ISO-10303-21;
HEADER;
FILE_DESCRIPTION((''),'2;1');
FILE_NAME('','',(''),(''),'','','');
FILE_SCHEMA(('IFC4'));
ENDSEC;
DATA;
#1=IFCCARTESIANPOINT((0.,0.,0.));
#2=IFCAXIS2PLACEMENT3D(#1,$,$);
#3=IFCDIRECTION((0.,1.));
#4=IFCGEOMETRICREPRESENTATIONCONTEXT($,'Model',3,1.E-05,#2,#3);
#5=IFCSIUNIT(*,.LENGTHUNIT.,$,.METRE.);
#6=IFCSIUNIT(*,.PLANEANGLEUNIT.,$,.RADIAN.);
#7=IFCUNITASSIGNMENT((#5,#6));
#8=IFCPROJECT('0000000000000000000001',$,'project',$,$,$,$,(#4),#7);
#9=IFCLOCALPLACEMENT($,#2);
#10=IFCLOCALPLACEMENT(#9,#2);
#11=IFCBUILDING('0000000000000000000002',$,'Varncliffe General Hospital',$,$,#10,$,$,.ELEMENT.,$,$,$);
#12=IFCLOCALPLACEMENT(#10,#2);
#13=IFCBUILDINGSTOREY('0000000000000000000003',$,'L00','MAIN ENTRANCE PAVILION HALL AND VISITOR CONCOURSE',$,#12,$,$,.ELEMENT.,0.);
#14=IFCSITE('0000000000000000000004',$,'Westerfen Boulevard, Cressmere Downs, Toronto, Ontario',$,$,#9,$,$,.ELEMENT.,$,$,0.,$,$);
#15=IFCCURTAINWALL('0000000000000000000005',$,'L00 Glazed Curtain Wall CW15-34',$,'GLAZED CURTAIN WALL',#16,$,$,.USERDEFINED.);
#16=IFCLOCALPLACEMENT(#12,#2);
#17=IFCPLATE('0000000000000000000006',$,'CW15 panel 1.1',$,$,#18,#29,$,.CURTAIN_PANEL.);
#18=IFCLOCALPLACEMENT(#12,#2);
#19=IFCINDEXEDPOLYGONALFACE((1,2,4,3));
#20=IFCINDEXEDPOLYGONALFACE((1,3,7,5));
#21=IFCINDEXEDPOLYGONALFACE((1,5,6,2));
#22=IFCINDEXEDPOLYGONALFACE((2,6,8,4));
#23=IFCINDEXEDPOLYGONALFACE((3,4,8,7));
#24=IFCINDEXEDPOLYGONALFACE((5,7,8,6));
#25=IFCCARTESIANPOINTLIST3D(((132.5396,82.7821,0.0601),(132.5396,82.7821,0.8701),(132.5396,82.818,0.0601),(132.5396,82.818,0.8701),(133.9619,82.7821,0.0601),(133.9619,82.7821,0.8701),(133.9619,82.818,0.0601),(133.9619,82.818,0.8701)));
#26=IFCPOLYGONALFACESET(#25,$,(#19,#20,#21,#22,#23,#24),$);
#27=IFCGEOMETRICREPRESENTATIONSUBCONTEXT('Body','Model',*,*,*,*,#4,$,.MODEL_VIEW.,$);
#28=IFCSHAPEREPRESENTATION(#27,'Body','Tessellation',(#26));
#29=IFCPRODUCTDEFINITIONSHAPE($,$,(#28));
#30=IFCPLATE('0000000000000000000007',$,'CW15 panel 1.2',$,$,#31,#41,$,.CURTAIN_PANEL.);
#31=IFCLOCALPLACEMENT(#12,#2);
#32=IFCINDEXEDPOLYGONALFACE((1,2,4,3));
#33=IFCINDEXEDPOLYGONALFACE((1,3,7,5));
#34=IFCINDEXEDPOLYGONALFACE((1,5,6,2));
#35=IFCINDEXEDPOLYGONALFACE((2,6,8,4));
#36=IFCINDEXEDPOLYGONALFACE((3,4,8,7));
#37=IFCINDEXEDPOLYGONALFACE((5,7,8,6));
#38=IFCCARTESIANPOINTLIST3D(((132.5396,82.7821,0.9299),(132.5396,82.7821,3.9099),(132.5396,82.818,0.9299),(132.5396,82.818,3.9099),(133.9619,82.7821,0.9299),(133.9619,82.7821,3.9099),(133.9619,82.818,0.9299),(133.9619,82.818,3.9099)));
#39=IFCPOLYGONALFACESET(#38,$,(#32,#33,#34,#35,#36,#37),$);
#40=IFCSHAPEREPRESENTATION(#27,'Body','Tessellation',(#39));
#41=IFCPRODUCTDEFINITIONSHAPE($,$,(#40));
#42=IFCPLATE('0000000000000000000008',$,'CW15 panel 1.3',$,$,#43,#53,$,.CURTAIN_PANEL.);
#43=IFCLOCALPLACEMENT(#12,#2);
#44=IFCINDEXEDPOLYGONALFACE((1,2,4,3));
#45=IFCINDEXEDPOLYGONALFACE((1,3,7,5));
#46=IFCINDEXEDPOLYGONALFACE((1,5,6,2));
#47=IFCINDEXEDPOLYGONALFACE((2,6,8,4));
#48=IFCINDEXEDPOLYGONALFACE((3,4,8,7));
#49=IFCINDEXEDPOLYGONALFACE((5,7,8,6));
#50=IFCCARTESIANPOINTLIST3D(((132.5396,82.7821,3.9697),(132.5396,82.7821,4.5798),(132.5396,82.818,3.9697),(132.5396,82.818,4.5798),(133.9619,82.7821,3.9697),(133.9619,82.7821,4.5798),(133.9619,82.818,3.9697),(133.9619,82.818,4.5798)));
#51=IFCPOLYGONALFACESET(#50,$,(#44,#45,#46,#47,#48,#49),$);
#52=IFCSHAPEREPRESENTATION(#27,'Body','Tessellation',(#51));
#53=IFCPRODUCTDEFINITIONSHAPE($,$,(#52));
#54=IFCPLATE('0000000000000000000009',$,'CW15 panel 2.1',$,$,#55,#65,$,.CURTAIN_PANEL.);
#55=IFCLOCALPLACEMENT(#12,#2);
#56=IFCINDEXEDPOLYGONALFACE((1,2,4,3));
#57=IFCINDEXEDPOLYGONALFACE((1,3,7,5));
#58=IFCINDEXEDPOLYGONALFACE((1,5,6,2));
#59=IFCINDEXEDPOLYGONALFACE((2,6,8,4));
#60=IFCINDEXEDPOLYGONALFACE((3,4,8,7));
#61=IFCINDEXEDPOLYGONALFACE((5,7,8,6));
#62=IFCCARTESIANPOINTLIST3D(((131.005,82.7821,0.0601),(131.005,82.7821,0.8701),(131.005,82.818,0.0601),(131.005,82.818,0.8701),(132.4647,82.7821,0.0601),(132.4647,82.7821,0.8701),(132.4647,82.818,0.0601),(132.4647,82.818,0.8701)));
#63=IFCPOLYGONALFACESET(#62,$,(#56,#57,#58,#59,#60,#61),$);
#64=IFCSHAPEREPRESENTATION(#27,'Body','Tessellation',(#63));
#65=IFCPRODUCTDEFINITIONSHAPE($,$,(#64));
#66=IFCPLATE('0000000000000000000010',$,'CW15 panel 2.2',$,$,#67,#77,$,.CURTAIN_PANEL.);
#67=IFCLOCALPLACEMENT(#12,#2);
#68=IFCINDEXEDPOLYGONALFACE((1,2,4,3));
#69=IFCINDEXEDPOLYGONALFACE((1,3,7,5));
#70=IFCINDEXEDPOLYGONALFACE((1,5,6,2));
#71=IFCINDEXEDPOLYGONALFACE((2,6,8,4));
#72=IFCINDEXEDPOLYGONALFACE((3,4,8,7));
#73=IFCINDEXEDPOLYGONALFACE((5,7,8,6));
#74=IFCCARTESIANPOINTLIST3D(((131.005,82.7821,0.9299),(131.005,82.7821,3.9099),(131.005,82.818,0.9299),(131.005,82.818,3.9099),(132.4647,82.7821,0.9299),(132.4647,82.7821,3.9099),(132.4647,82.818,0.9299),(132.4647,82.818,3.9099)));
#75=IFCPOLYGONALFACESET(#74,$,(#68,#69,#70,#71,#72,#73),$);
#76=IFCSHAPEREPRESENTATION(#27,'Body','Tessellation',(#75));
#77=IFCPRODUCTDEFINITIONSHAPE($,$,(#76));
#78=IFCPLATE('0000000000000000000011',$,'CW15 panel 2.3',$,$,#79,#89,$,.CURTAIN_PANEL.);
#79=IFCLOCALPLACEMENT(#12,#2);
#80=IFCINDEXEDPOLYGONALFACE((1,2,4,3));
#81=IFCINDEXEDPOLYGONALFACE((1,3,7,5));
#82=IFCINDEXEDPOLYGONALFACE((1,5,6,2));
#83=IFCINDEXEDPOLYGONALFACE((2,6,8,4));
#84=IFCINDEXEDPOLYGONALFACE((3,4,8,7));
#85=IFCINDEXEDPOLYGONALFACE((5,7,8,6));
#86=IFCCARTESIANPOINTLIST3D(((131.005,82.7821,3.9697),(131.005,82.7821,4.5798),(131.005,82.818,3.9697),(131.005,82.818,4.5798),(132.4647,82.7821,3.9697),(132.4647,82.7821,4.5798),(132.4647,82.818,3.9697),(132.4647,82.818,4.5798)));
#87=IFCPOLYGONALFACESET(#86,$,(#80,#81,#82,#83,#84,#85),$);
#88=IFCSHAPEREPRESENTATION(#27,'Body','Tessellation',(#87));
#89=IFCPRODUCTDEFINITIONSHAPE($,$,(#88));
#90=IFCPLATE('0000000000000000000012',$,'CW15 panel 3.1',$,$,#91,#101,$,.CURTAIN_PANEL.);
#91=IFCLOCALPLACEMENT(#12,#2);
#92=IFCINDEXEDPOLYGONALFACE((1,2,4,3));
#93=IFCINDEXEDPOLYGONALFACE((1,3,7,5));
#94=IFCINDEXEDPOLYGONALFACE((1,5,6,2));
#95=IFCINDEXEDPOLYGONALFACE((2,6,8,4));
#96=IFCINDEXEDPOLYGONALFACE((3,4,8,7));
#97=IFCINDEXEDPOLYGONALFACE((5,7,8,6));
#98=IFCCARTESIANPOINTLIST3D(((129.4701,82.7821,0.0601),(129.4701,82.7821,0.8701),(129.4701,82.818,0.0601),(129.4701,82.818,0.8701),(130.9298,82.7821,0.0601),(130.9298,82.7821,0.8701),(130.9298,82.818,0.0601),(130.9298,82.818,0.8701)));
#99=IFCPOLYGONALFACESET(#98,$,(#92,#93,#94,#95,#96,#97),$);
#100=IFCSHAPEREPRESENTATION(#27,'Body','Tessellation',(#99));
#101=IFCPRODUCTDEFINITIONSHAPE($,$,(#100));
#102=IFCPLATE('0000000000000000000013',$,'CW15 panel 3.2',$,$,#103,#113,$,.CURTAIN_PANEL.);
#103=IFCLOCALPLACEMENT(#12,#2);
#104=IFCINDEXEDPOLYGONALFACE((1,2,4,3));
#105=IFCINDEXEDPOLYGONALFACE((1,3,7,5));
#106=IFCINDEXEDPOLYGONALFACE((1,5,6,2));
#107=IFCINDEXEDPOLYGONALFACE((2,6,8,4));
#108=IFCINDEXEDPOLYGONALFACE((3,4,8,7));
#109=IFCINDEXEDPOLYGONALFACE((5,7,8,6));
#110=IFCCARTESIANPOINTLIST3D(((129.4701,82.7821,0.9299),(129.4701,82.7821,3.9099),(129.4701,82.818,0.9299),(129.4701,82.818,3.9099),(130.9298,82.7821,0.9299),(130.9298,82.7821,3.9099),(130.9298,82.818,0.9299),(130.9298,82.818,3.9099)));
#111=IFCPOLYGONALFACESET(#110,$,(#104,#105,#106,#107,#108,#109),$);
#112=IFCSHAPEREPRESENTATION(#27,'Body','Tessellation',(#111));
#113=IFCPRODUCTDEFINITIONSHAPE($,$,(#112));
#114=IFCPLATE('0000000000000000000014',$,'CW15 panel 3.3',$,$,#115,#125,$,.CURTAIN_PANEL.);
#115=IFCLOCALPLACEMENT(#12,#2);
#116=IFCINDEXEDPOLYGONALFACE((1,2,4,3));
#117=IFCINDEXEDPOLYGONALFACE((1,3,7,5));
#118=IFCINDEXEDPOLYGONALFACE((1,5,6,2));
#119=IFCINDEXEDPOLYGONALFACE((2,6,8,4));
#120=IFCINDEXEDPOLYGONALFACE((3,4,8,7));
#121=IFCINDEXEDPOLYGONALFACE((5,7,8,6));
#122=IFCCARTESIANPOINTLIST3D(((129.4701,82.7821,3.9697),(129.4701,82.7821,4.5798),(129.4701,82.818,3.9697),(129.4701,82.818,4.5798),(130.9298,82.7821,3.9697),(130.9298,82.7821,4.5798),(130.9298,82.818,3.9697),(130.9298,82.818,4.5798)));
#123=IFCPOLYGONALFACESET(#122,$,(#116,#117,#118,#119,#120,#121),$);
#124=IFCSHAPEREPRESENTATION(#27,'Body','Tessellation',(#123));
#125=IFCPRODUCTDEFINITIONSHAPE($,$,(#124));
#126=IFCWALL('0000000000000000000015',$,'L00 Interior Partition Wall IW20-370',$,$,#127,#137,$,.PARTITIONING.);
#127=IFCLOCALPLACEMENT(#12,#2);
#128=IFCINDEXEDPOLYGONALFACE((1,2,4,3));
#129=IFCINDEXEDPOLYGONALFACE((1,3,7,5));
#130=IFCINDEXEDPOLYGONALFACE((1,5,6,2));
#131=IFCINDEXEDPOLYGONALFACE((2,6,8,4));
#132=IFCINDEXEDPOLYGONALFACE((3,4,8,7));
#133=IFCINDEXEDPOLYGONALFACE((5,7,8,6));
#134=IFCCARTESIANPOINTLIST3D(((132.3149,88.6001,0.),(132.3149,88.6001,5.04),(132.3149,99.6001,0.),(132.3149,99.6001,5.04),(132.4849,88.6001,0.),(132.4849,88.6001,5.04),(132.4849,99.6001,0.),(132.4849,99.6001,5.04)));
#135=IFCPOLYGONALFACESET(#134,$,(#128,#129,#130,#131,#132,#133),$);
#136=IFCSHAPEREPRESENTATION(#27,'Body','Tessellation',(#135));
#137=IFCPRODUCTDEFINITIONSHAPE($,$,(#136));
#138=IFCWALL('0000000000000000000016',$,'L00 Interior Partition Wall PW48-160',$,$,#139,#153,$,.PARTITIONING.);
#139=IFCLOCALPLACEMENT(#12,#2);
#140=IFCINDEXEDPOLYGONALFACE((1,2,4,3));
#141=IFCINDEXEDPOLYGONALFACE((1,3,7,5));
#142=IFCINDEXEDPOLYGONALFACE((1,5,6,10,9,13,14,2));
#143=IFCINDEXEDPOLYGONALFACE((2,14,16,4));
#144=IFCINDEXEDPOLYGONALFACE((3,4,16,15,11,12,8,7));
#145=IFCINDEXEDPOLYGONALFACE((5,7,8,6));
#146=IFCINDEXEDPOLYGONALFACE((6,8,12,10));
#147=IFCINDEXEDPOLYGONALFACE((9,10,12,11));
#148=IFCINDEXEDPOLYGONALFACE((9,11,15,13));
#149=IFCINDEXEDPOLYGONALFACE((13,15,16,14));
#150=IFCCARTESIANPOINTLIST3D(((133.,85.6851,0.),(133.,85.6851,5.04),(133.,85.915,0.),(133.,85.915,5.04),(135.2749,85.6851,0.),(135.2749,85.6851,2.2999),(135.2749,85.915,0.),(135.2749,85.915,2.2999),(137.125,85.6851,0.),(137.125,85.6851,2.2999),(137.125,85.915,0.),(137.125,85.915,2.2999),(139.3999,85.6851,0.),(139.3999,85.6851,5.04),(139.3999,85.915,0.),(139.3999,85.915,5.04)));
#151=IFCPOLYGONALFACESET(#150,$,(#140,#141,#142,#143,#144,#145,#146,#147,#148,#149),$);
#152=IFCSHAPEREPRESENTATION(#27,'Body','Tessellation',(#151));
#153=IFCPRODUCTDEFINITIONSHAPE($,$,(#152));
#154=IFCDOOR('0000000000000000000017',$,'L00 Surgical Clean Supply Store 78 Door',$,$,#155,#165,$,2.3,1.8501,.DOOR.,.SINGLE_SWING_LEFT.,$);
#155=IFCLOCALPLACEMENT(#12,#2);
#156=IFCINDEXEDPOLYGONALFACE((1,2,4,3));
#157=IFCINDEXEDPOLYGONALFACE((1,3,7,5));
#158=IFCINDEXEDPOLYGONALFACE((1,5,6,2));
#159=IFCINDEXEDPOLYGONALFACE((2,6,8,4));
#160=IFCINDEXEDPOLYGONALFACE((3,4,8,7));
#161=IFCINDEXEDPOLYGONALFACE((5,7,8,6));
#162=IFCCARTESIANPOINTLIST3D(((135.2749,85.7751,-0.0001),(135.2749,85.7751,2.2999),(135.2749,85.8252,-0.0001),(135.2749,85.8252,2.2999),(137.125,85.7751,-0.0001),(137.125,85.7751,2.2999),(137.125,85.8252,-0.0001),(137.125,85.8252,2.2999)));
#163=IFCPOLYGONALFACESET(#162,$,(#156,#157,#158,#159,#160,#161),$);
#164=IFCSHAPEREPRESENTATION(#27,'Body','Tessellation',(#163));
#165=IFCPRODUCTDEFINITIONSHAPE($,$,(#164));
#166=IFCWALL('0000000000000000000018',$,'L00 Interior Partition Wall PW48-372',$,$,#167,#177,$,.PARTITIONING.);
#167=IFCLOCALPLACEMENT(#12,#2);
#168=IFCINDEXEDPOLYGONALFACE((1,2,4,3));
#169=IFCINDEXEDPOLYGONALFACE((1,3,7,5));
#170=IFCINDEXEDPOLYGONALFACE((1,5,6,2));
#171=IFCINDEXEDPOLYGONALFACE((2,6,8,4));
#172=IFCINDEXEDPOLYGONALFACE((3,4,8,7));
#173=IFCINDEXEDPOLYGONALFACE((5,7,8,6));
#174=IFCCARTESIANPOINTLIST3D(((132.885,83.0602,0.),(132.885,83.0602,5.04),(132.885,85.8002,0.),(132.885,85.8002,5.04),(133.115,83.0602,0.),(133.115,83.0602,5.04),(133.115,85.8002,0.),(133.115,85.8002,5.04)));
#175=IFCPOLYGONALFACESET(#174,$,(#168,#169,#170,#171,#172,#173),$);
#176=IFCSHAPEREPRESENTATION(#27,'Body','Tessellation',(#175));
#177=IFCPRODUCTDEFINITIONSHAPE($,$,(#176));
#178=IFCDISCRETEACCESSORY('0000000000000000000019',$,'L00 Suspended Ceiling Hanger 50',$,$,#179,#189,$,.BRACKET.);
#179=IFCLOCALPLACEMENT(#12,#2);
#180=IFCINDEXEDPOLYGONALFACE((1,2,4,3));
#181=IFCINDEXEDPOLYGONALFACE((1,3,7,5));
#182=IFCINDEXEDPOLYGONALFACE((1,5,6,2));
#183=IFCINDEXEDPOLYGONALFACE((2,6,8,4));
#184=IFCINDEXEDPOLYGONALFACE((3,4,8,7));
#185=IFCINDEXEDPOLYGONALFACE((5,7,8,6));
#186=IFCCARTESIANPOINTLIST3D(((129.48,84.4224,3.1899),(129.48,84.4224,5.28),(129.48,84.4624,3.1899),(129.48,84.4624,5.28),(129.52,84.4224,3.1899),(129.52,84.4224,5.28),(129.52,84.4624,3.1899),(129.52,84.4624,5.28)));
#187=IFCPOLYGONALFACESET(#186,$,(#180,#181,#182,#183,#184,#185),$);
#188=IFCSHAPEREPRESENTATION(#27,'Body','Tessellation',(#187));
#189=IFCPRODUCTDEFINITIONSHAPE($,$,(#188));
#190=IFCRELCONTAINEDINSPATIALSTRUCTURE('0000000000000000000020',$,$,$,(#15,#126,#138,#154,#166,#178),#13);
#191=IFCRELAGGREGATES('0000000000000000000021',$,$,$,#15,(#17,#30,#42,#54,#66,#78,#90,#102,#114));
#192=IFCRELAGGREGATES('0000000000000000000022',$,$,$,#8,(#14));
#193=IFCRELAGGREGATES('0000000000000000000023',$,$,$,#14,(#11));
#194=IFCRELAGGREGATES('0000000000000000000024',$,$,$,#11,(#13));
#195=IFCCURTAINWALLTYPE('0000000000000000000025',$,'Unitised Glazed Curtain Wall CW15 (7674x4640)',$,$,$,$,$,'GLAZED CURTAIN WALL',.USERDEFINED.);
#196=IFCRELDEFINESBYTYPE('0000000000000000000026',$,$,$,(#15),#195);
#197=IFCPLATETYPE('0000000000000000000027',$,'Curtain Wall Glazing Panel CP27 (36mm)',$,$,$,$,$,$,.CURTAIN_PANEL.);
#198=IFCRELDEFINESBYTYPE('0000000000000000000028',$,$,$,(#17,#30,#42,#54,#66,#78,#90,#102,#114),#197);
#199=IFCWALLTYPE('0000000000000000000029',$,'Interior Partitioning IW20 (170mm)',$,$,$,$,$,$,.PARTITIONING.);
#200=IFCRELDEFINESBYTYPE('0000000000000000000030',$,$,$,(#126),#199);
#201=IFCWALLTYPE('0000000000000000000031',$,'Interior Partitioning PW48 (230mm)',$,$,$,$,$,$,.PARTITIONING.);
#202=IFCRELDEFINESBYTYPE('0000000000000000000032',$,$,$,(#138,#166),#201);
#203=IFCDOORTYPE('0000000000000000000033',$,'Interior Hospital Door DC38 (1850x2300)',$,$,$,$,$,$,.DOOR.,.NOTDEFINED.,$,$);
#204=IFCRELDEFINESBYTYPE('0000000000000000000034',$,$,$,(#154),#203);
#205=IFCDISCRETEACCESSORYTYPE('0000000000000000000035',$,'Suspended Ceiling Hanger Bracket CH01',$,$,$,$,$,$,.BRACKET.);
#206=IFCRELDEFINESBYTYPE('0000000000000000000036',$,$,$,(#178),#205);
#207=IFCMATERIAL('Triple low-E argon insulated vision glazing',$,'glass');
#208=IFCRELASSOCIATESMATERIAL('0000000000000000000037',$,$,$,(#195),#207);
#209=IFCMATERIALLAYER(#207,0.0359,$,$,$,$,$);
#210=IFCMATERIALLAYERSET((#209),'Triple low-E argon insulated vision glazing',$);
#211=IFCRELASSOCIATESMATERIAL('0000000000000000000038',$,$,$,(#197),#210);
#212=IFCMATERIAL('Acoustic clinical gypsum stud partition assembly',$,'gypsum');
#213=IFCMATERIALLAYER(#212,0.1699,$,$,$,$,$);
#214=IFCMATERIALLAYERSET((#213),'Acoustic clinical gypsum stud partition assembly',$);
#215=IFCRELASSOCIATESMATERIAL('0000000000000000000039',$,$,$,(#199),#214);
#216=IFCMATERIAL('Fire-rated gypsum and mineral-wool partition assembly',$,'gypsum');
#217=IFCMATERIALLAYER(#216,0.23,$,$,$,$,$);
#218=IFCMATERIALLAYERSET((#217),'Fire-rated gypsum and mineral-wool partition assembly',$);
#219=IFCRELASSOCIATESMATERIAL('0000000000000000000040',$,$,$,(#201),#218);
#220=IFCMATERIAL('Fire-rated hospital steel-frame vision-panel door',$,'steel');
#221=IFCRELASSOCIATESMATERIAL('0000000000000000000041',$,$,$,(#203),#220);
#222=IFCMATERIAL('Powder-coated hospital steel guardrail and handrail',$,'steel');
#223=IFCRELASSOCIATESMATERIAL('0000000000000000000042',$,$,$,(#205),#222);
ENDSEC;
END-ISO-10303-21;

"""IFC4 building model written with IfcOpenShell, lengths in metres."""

from ifc_helpers import new_model, si_unit, direction, frame, frame_2d, origin, origin_2d, place, context, subcontext, project, spatial, rectangle, extrude, material, layer, layer_set, type_object, element, fill, aggregate, save


model = new_model("IFC4")

# Units and contexts
model_context = context("Model", 3, precision=1e-05, world=origin(), true_north=direction((0.0, 1.0)))
body_context = subcontext(model_context, "Body", "Model", "MODEL_VIEW")
ifc_project = project(units=[si_unit("LENGTHUNIT", "METRE"), si_unit("PLANEANGLEUNIT", "RADIAN")], contexts=[model_context])

# Site, building, storey
site_placement = place(None, origin())
site = spatial("IfcSite", under=ifc_project, at=site_placement, Name="Westerfen Boulevard, Cressmere Downs, Toronto, Ontario", CompositionType="ELEMENT", RefElevation=0.0)
building_placement = place(site_placement, origin())
building = spatial("IfcBuilding", under=site, at=building_placement, Name="Varncliffe General Hospital", CompositionType="ELEMENT")
storey_placement = place(building_placement, origin())
storey = spatial("IfcBuildingStorey", under=building, at=storey_placement, Name="L00", Description="MAIN ENTRANCE PAVILION HALL AND VISITOR CONCOURSE", CompositionType="ELEMENT", Elevation=0.0)

# Curtain wall, plates
ifc_material_1 = material(Name="Triple low-E argon insulated vision glazing", Category="glass")
curtain_wall_type = type_object("IfcCurtainWallType", Name="Unitised Glazed Curtain Wall CW15 (7674x4640)", ElementType="GLAZED CURTAIN WALL", PredefinedType="USERDEFINED", material=ifc_material_1)
curtain_wall_placement = place(storey_placement, origin())
curtain_wall = element("IfcCurtainWall", 1, at=curtain_wall_placement, inside=storey, type_object=curtain_wall_type, Name="L00 Glazed Curtain Wall CW15-34", ObjectType="GLAZED CURTAIN WALL", PredefinedType="USERDEFINED")
ifc_layer_1 = layer(ifc_material_1, 0.0359)
ifc_layer_set_1 = layer_set([ifc_layer_1], Name="Triple low-E argon insulated vision glazing")
plate_type = type_object("IfcPlateType", Name="Curtain Wall Glazing Panel CP27 (36mm)", PredefinedType="CURTAIN_PANEL", material=ifc_layer_set_1)
plate_1_placement = place(storey_placement, frame((133.2507, 82.8, 0.0601), z_axis=(0.0, 0.0, 1.0), x_axis=(-1.0, 0.0, 0.0)))
plate_1 = element("IfcPlate", 2, at=plate_1_placement, type_object=plate_type, Name="CW15 panel 1.1", PredefinedType="CURTAIN_PANEL", context=body_context, shape_type="SweptSolid", body=[
    extrude(rectangle(XDim=1.4224, YDim=0.0359, at=origin_2d()), origin(), (0.0, 0.0, 1.0), 0.8101),
])
plate_2_placement = place(storey_placement, frame((133.2507, 82.8, 0.9299), z_axis=(0.0, 0.0, 1.0), x_axis=(-1.0, 0.0, 0.0)))
plate_2 = element("IfcPlate", 3, at=plate_2_placement, type_object=plate_type, Name="CW15 panel 1.2", PredefinedType="CURTAIN_PANEL", context=body_context, shape_type="SweptSolid", body=[
    extrude(rectangle(XDim=1.4224, YDim=0.0359, at=origin_2d()), origin(), (0.0, 0.0, 1.0), 2.98),
])
plate_3_placement = place(storey_placement, frame((133.2507, 82.8, 3.9697), z_axis=(0.0, 0.0, 1.0), x_axis=(-1.0, 0.0, 0.0)))
plate_3 = element("IfcPlate", 4, at=plate_3_placement, type_object=plate_type, Name="CW15 panel 1.3", PredefinedType="CURTAIN_PANEL", context=body_context, shape_type="SweptSolid", body=[
    extrude(rectangle(XDim=1.4224, YDim=0.0359, at=origin_2d()), origin(), (0.0, 0.0, 1.0), 0.6101),
])
plate_4_placement = place(storey_placement, frame((131.7349, 82.8, 0.0601), z_axis=(0.0, 0.0, 1.0), x_axis=(-1.0, 0.0, 0.0)))
plate_4 = element("IfcPlate", 5, at=plate_4_placement, type_object=plate_type, Name="CW15 panel 2.1", PredefinedType="CURTAIN_PANEL", context=body_context, shape_type="SweptSolid", body=[
    extrude(rectangle(XDim=1.4597, YDim=0.0359, at=origin_2d()), origin(), (0.0, 0.0, 1.0), 0.8101),
])
plate_5_placement = place(storey_placement, frame((131.7349, 82.8, 0.9299), z_axis=(0.0, 0.0, 1.0), x_axis=(-1.0, 0.0, 0.0)))
plate_5 = element("IfcPlate", 6, at=plate_5_placement, type_object=plate_type, Name="CW15 panel 2.2", PredefinedType="CURTAIN_PANEL", context=body_context, shape_type="SweptSolid", body=[
    extrude(rectangle(XDim=1.4597, YDim=0.0359, at=origin_2d()), origin(), (0.0, 0.0, 1.0), 2.98),
])
plate_6_placement = place(storey_placement, frame((131.7349, 82.8, 3.9697), z_axis=(0.0, 0.0, 1.0), x_axis=(-1.0, 0.0, 0.0)))
plate_6 = element("IfcPlate", 7, at=plate_6_placement, type_object=plate_type, Name="CW15 panel 2.3", PredefinedType="CURTAIN_PANEL", context=body_context, shape_type="SweptSolid", body=[
    extrude(rectangle(XDim=1.4597, YDim=0.0359, at=origin_2d()), origin(), (0.0, 0.0, 1.0), 0.6101),
])
plate_7_placement = place(storey_placement, frame((130.2, 82.8, 0.0601), z_axis=(0.0, 0.0, 1.0), x_axis=(-1.0, 0.0, 0.0)))
plate_7 = element("IfcPlate", 8, at=plate_7_placement, type_object=plate_type, Name="CW15 panel 3.1", PredefinedType="CURTAIN_PANEL", context=body_context, shape_type="SweptSolid", body=[
    extrude(rectangle(XDim=1.4597, YDim=0.0359, at=origin_2d()), origin(), (0.0, 0.0, 1.0), 0.8101),
])
plate_8_placement = place(storey_placement, frame((130.2, 82.8, 0.9299), z_axis=(0.0, 0.0, 1.0), x_axis=(-1.0, 0.0, 0.0)))
plate_8 = element("IfcPlate", 9, at=plate_8_placement, type_object=plate_type, Name="CW15 panel 3.2", PredefinedType="CURTAIN_PANEL", context=body_context, shape_type="SweptSolid", body=[
    extrude(rectangle(XDim=1.4597, YDim=0.0359, at=origin_2d()), origin(), (0.0, 0.0, 1.0), 2.98),
])
plate_9_placement = place(storey_placement, frame((130.2, 82.8, 3.9697), z_axis=(0.0, 0.0, 1.0), x_axis=(-1.0, 0.0, 0.0)))
plate_9 = element("IfcPlate", 10, at=plate_9_placement, type_object=plate_type, Name="CW15 panel 3.3", PredefinedType="CURTAIN_PANEL", context=body_context, shape_type="SweptSolid", body=[
    extrude(rectangle(XDim=1.4597, YDim=0.0359, at=origin_2d()), origin(), (0.0, 0.0, 1.0), 0.6101),
])
aggregate(curtain_wall, [plate_1, plate_2, plate_3, plate_4, plate_5, plate_6, plate_7, plate_8, plate_9])

# Wall
ifc_material_2 = material(Name="Acoustic clinical gypsum stud partition assembly", Category="gypsum")
ifc_layer_2 = layer(ifc_material_2, 0.1699)
ifc_layer_set_2 = layer_set([ifc_layer_2], Name="Acoustic clinical gypsum stud partition assembly")
wall_type_1 = type_object("IfcWallType", Name="Interior Partitioning IW20 (170mm)", PredefinedType="PARTITIONING", material=ifc_layer_set_2)
wall_1_placement = place(storey_placement, frame((132.3999, 88.6001, 0.0), z_axis=(0.0, 0.0, 1.0), x_axis=(0.0, 1.0, 0.0)))
element("IfcWall", 11, at=wall_1_placement, inside=storey, type_object=wall_type_1, Name="L00 Interior Partition Wall IW20-370", PredefinedType="PARTITIONING", context=body_context, shape_type="SweptSolid", body=[
    extrude(rectangle(XDim=11.0, YDim=0.1699, at=frame_2d((5.5, 0.0))), origin(), (0.0, 0.0, 1.0), 5.04),
])

# Wall, opening, door
ifc_material_3 = material(Name="Fire-rated gypsum and mineral-wool partition assembly", Category="gypsum")
ifc_layer_3 = layer(ifc_material_3, 0.23)
ifc_layer_set_3 = layer_set([ifc_layer_3], Name="Fire-rated gypsum and mineral-wool partition assembly")
wall_type_2 = type_object("IfcWallType", Name="Interior Partitioning PW48 (230mm)", PredefinedType="PARTITIONING", material=ifc_layer_set_3)
wall_2_placement = place(storey_placement, frame((133.0, 85.8, 0.0), z_axis=(0.0, 0.0, 1.0), x_axis=(1.0, 0.0, 0.0)))
wall_2 = element("IfcWall", 12, at=wall_2_placement, inside=storey, type_object=wall_type_2, Name="L00 Interior Partition Wall PW48-160", PredefinedType="PARTITIONING", context=body_context, shape_type="SweptSolid", body=[
    extrude(rectangle(XDim=6.3999, YDim=0.23, at=frame_2d((3.2, 0.0))), origin(), (0.0, 0.0, 1.0), 5.04),
])
opening_placement = place(wall_2_placement, frame((2.2749, 0.0, 0.0)))
opening = element("IfcOpeningElement", 13, at=opening_placement, cuts=wall_2, PredefinedType="OPENING", context=body_context, shape_type="SweptSolid", body=[
    extrude(rectangle(XDim=1.8501, YDim=2.3, at=frame_2d((0.925, 1.1499))), frame((0.0, 0.125, 0.0), z_axis=(0.0, -1.0, 0.0), x_axis=(1.0, 0.0, 0.0)), (0.0, 0.0, 1.0), 0.25),
])
ifc_material_4 = material(Name="Fire-rated hospital steel-frame vision-panel door", Category="steel")
door_type = type_object("IfcDoorType", Name="Interior Hospital Door DC38 (1850x2300)", OperationType="NOTDEFINED", PredefinedType="DOOR", material=ifc_material_4)
door_placement = place(opening_placement, frame((1.8501, 0.0, 0.0), z_axis=(0.0, 0.0, 1.0), x_axis=(-1.0, 0.0, 0.0)))
door = element("IfcDoor", 14, at=door_placement, inside=storey, type_object=door_type, Name="L00 Surgical Clean Supply Store 78 Door", OperationType="SINGLE_SWING_LEFT", OverallHeight=2.3, OverallWidth=1.8501, PredefinedType="DOOR", context=body_context, shape_type="SweptSolid", body=[
    extrude(rectangle(XDim=1.8501, YDim=2.3, at=frame_2d((0.925, 1.1499))), frame((0.0, 0.0249, 0.0), z_axis=(0.0, -1.0, 0.0), x_axis=(1.0, 0.0, 0.0)), (0.0, 0.0, 1.0), 0.05),
])
fill(opening, door)

# Wall
wall_3_placement = place(storey_placement, frame((133.0, 83.0601, 0.0), z_axis=(0.0, 0.0, 1.0), x_axis=(0.0, 1.0, 0.0)))
element("IfcWall", 15, at=wall_3_placement, inside=storey, type_object=wall_type_2, Name="L00 Interior Partition Wall PW48-372", PredefinedType="PARTITIONING", context=body_context, shape_type="SweptSolid", body=[
    extrude(rectangle(XDim=2.74, YDim=0.23, at=frame_2d((1.3701, 0.0))), origin(), (0.0, 0.0, 1.0), 5.04),
])

# Discrete accessory
ifc_material_5 = material(Name="Powder-coated hospital steel guardrail and handrail", Category="steel")
discrete_accessory_type = type_object("IfcDiscreteAccessoryType", Name="Suspended Ceiling Hanger Bracket CH01", PredefinedType="BRACKET", material=ifc_material_5)
discrete_accessory_placement = place(storey_placement, frame((129.5, 84.4424, 3.1899), z_axis=(0.0, 0.0, 1.0), x_axis=(1.0, 0.0, 0.0)))
element("IfcDiscreteAccessory", 16, at=discrete_accessory_placement, inside=storey, type_object=discrete_accessory_type, Name="L00 Suspended Ceiling Hanger 50", PredefinedType="BRACKET", context=body_context, shape_type="SweptSolid", body=[
    extrude(rectangle(XDim=0.04, YDim=0.04, at=origin_2d()), origin(), (0.0, 0.0, 1.0), 2.0901),
])

save(model, "model.ifc")
